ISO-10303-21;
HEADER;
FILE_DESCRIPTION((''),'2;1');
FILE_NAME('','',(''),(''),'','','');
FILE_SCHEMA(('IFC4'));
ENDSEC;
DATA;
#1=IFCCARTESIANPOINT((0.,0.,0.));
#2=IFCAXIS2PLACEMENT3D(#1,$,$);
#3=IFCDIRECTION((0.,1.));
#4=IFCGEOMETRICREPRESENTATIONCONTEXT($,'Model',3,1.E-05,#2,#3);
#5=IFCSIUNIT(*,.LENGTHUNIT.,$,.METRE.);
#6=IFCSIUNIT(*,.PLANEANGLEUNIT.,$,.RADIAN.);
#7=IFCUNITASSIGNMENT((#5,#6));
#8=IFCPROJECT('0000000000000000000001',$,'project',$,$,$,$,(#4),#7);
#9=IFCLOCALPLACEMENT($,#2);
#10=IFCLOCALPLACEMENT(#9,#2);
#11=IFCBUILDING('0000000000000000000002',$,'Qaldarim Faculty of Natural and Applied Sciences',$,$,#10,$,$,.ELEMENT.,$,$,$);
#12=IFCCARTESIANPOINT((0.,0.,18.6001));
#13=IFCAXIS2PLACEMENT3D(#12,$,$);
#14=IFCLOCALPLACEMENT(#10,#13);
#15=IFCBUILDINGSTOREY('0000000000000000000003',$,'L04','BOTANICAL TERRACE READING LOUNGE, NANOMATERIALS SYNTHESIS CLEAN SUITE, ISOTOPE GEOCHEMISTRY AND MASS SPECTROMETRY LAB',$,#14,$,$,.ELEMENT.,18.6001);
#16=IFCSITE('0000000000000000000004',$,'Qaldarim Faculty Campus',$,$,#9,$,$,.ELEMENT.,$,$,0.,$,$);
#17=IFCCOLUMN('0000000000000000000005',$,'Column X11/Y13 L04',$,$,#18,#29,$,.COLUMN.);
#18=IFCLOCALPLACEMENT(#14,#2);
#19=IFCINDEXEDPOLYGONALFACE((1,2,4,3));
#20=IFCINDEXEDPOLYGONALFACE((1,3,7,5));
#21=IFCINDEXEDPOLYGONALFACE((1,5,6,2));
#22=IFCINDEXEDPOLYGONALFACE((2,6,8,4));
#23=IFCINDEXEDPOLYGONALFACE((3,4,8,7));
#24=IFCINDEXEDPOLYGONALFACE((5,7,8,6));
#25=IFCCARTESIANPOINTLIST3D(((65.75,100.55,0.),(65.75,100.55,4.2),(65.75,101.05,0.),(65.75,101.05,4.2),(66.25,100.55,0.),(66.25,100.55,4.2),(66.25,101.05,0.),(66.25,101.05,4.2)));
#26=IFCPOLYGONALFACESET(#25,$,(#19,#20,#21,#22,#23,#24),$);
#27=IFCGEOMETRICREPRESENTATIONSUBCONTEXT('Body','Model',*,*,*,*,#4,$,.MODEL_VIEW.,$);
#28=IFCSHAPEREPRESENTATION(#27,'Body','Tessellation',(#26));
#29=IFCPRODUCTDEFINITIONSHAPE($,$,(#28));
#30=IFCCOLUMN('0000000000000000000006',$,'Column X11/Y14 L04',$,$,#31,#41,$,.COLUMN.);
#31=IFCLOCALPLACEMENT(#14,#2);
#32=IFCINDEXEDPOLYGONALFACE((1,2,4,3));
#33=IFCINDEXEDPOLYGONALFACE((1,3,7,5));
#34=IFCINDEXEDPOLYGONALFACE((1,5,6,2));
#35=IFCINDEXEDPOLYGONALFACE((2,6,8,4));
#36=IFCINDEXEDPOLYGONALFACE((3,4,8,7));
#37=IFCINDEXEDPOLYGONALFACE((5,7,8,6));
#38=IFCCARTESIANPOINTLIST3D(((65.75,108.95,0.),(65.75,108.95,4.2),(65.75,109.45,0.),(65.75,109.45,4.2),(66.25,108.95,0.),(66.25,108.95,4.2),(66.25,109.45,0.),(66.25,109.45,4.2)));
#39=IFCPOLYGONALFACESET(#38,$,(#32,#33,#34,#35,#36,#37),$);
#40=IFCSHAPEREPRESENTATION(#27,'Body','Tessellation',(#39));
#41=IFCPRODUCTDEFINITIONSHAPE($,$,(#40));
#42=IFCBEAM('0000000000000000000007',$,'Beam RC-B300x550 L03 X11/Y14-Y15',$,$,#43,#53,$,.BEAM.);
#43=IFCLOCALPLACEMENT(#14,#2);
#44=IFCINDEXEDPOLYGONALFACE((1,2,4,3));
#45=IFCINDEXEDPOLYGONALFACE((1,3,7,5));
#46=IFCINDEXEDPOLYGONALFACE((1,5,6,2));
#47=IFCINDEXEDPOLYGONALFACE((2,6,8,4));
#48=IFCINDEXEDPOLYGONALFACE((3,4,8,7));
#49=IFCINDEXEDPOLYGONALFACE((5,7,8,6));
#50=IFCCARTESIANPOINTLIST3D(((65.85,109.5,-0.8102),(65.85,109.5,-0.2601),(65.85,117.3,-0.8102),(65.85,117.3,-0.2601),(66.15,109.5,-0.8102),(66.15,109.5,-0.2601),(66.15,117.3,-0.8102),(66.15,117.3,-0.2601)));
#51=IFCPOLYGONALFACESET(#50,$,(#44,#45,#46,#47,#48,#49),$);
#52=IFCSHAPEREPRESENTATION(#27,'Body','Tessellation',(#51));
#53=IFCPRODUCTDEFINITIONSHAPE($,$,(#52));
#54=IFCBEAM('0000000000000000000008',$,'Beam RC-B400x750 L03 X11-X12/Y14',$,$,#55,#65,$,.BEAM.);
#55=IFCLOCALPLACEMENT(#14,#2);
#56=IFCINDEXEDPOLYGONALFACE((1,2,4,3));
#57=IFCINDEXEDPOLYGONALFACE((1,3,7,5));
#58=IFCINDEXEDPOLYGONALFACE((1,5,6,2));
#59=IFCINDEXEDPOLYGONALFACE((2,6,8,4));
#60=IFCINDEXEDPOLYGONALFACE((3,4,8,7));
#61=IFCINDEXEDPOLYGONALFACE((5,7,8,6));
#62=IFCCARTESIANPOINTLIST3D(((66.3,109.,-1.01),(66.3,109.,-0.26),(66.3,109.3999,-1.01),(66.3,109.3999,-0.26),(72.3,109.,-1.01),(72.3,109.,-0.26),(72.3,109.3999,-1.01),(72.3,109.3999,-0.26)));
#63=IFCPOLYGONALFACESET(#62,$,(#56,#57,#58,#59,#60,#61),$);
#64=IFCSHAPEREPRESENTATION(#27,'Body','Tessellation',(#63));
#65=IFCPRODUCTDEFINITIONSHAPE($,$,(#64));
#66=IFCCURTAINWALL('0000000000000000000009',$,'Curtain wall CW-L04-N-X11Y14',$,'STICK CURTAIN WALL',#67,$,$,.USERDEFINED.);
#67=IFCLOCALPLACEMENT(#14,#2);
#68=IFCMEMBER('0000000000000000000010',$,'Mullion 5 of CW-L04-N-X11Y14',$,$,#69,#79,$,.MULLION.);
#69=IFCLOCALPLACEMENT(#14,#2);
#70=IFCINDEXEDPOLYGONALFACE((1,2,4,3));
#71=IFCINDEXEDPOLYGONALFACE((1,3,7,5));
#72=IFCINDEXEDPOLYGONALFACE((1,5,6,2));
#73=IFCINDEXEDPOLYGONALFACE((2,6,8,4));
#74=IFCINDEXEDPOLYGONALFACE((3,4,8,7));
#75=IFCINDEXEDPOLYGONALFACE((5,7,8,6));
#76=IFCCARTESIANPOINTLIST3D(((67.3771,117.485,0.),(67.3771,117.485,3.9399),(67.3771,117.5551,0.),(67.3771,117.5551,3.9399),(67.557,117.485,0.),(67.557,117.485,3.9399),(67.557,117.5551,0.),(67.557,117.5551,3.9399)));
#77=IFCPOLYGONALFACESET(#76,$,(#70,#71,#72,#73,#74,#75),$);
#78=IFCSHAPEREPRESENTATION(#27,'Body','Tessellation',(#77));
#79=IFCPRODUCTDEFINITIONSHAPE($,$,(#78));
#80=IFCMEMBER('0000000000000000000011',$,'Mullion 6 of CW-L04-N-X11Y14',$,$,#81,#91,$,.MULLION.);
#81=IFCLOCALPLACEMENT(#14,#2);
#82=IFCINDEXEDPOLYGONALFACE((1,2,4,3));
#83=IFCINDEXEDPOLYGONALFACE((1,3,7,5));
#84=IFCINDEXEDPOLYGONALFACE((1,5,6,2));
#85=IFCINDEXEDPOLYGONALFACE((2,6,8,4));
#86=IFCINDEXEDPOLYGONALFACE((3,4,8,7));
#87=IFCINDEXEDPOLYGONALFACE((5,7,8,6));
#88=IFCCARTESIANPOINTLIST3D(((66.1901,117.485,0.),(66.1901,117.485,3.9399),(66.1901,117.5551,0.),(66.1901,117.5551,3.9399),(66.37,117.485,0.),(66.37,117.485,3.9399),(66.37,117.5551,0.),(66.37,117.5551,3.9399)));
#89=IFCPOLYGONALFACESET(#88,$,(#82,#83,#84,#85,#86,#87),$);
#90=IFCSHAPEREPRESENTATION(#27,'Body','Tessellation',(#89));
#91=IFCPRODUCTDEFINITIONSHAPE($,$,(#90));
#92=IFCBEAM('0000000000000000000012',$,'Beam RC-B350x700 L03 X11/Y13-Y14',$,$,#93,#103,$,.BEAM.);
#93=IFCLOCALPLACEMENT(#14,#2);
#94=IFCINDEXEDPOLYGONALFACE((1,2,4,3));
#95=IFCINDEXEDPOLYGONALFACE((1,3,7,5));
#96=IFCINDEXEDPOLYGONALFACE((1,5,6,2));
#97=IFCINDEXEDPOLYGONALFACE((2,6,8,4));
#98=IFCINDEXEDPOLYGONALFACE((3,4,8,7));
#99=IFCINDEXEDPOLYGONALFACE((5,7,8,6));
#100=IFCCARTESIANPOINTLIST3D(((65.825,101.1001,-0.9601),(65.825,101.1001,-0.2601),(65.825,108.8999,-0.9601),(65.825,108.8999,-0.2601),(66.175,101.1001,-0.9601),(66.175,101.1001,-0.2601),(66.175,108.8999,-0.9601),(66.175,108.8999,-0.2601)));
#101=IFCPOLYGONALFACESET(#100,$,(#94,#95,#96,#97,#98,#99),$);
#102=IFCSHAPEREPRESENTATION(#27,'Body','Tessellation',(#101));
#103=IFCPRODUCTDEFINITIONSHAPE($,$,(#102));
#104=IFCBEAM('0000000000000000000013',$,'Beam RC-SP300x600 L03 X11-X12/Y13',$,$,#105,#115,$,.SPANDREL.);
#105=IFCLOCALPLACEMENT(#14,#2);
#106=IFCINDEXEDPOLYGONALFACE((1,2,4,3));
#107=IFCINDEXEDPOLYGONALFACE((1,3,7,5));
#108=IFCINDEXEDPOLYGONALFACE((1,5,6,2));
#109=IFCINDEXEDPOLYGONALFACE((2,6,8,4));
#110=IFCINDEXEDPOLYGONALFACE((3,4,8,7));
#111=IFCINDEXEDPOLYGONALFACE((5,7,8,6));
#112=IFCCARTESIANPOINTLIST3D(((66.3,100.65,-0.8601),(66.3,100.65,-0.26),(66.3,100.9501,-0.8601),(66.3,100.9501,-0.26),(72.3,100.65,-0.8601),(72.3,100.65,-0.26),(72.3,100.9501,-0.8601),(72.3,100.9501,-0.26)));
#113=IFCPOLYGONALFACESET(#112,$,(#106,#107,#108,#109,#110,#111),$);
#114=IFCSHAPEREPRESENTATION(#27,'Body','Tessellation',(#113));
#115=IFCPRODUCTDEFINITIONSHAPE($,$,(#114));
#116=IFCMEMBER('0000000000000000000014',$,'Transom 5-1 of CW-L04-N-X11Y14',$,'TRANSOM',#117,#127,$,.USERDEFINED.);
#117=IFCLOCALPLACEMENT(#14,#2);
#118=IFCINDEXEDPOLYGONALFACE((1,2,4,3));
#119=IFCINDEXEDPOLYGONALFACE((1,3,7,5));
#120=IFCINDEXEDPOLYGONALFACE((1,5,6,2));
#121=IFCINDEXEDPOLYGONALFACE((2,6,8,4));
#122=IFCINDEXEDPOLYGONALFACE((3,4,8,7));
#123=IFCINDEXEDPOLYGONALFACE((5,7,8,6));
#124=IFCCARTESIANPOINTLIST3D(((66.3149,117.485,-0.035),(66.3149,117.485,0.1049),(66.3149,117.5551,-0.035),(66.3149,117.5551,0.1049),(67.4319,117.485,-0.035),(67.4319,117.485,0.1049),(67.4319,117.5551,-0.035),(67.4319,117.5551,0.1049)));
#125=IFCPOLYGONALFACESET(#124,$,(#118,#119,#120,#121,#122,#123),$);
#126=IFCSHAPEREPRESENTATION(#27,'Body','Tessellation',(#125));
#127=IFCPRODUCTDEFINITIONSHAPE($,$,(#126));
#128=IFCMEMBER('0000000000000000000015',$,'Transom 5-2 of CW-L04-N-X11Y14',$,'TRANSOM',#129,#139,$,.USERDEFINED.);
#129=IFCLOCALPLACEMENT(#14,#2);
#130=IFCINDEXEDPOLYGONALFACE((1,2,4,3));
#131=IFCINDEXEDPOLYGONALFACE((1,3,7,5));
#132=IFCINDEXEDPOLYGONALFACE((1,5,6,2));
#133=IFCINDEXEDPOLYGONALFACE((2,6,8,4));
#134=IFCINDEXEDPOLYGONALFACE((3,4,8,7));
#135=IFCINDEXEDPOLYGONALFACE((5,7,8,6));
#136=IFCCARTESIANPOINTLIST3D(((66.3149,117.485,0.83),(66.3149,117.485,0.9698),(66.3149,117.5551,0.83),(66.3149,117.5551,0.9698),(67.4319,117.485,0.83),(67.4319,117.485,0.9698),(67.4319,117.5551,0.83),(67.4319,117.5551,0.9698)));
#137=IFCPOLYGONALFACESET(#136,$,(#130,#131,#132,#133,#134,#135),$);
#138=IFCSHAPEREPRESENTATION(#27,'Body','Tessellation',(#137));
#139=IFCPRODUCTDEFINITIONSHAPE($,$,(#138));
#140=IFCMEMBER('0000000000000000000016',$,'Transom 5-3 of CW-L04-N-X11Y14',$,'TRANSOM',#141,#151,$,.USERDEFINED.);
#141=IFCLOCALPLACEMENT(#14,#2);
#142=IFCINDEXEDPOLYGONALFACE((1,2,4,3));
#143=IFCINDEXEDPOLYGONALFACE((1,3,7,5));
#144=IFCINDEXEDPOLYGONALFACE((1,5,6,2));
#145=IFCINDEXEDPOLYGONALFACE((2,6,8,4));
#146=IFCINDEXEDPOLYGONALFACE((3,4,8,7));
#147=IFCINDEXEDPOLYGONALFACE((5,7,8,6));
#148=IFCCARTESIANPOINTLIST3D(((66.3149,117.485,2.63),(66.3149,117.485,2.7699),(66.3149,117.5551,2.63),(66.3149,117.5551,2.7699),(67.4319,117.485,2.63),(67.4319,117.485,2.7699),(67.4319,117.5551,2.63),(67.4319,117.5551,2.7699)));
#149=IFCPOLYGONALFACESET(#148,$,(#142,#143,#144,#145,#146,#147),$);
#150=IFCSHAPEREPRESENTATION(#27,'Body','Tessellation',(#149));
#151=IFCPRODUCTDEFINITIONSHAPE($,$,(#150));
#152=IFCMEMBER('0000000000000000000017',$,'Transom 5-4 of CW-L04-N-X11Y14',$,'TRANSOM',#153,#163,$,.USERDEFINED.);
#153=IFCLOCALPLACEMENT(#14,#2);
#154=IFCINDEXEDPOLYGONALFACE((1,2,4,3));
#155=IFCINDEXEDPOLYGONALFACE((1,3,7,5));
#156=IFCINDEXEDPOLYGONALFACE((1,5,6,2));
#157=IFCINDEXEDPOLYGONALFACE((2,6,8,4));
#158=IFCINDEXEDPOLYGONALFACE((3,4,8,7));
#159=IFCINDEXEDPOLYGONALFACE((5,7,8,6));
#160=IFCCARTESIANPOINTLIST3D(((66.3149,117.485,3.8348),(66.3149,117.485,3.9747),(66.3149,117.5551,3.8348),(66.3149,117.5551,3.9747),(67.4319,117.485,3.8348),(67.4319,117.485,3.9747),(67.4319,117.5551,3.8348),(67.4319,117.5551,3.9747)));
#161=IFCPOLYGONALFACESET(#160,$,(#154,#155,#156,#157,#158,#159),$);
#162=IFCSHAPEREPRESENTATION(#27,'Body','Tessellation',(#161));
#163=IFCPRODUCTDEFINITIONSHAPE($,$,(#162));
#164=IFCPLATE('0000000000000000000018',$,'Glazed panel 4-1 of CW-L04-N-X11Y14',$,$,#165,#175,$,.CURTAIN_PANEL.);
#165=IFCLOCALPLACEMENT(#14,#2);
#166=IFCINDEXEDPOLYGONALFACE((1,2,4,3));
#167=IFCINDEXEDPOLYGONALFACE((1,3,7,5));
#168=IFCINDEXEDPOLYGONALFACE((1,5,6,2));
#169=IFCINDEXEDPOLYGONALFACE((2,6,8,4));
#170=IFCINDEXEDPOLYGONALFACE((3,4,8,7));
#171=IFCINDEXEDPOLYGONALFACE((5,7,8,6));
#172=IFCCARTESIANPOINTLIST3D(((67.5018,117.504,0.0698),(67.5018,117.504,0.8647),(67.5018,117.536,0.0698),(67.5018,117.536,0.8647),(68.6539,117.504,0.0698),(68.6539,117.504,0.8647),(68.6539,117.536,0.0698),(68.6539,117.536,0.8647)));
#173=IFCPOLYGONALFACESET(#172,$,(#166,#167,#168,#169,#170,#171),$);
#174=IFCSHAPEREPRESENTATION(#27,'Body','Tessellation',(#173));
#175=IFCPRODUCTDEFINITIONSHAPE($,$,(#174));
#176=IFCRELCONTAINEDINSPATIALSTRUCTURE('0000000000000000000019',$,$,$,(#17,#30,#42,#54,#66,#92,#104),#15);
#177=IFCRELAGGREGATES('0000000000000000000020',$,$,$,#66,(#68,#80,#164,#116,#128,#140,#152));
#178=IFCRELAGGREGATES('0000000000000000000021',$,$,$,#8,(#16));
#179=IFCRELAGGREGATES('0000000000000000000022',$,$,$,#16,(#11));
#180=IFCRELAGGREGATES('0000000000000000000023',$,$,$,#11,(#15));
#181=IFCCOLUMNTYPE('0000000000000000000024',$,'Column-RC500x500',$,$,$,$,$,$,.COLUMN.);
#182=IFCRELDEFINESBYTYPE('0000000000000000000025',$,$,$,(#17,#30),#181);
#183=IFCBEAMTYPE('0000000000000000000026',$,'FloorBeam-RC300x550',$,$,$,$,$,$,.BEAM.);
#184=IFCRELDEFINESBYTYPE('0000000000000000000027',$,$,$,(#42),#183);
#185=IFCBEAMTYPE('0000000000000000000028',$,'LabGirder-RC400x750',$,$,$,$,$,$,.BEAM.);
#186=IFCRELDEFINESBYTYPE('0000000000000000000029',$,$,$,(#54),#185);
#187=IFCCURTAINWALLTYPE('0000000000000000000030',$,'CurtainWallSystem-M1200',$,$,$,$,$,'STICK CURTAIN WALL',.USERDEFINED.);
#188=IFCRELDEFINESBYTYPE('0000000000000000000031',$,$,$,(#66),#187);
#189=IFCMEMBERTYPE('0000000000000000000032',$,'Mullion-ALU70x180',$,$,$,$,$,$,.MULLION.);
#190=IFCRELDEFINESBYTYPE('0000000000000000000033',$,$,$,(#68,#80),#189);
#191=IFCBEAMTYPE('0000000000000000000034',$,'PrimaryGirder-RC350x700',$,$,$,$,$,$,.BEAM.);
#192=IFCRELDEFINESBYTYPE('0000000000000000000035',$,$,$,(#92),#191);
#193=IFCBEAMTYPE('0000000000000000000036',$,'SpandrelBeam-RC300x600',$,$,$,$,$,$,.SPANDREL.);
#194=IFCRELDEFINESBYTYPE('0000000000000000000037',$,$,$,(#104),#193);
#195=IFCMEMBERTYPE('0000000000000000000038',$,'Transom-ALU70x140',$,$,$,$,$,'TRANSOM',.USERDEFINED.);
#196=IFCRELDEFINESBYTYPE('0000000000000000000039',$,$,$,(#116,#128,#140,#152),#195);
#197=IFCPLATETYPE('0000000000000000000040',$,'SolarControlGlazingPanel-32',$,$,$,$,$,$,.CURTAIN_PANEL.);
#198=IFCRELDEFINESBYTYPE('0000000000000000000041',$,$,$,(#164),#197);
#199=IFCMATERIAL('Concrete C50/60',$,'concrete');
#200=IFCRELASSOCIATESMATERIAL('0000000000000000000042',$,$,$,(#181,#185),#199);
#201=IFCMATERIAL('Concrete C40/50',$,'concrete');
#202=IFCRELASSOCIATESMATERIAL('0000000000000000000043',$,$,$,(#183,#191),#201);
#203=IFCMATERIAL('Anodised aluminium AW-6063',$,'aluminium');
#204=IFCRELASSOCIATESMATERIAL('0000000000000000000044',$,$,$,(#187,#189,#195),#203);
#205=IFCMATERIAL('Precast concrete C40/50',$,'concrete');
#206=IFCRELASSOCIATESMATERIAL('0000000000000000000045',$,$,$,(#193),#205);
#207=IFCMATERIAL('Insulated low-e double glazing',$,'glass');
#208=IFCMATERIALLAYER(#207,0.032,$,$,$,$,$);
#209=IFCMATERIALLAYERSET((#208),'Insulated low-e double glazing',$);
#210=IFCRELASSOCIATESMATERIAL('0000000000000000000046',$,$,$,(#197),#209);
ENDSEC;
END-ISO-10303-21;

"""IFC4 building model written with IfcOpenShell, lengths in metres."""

from ifc_helpers import new_model, si_unit, direction, frame, origin, origin_2d, place, context, subcontext, project, spatial, rectangle, extrude, material, layer, layer_set, material_profile, profile_set, type_object, element, aggregate, save


model = new_model("IFC4")

# Units and contexts
model_context = context("Model", 3, precision=1e-05, world=origin(), true_north=direction((0.0, 1.0)))
body_context = subcontext(model_context, "Body", "Model", "MODEL_VIEW")
ifc_project = project(units=[si_unit("LENGTHUNIT", "METRE"), si_unit("PLANEANGLEUNIT", "RADIAN")], contexts=[model_context])

# Site, building, storey
site_placement = place(None, origin())
site = spatial("IfcSite", under=ifc_project, at=site_placement, Name="Qaldarim Faculty Campus", CompositionType="ELEMENT", RefElevation=0.0)
building_placement = place(site_placement, origin())
building = spatial("IfcBuilding", under=site, at=building_placement, Name="Qaldarim Faculty of Natural and Applied Sciences", CompositionType="ELEMENT")
storey_placement = place(building_placement, frame((0.0, 0.0, 18.6001)))
storey = spatial("IfcBuildingStorey", under=building, at=storey_placement, Name="L04", Description="BOTANICAL TERRACE READING LOUNGE, NANOMATERIALS SYNTHESIS CLEAN SUITE, ISOTOPE GEOCHEMISTRY AND MASS SPECTROMETRY LAB", CompositionType="ELEMENT", Elevation=18.6001)

# Columns
ifc_material_1 = material(Name="Concrete C50/60", Category="concrete")
ifc_material_profile_1 = material_profile(ifc_material_1, rectangle(XDim=0.5, YDim=0.5, at=origin_2d()), Name="RC-C500x500")
ifc_profile_set_1 = profile_set([ifc_material_profile_1], Name="Concrete C50/60")
column_type = type_object("IfcColumnType", Name="Column-RC500x500", PredefinedType="COLUMN", material=ifc_profile_set_1)
for number, where, z_axis, x_axis, name in (
    (1, (66.0, 100.8, 0.0), (0.0, 0.0, 1.0), (1.0, 0.0, 0.0), "Column X11/Y13 L04"),
    (2, (66.0, 109.2, 0.0), (0.0, 0.0, 1.0), (1.0, 0.0, 0.0), "Column X11/Y14 L04"),
):
    element("IfcColumn", number, at=place(storey_placement, frame(where, z_axis=z_axis, x_axis=x_axis)), inside=storey, type_object=column_type, Name=name, PredefinedType="COLUMN", context=body_context, shape_type="SweptSolid", body=[
        extrude(rectangle(XDim=0.5, YDim=0.5, at=origin_2d()), origin(), (0.0, 0.0, 1.0), 4.2),
    ])

# Beams
ifc_material_2 = material(Name="Concrete C40/50", Category="concrete")
ifc_material_profile_2 = material_profile(ifc_material_2, rectangle(XDim=0.3, YDim=0.55, at=origin_2d()), Name="RC-B300x550")
ifc_profile_set_2 = profile_set([ifc_material_profile_2], Name="Concrete C40/50")
beam_type_1 = type_object("IfcBeamType", Name="FloorBeam-RC300x550", PredefinedType="BEAM", material=ifc_profile_set_2)
beam_1_placement = place(storey_placement, frame((66.0, 109.5, -0.5352), z_axis=(0.0, 1.0, 0.0), x_axis=(-1.0, 0.0, 0.0)))
element("IfcBeam", 3, at=beam_1_placement, inside=storey, type_object=beam_type_1, Name="Beam RC-B300x550 L03 X11/Y14-Y15", PredefinedType="BEAM", context=body_context, shape_type="SweptSolid", body=[
    extrude(rectangle(XDim=0.3, YDim=0.55, at=origin_2d()), origin(), (0.0, 0.0, 1.0), 7.8),
])
ifc_material_profile_3 = material_profile(ifc_material_1, rectangle(XDim=0.3999, YDim=0.75, at=origin_2d()), Name="RC-B400x750")
ifc_profile_set_3 = profile_set([ifc_material_profile_3], Name="Concrete C50/60")
beam_type_2 = type_object("IfcBeamType", Name="LabGirder-RC400x750", PredefinedType="BEAM", material=ifc_profile_set_3)
beam_2_placement = place(storey_placement, frame((66.3, 109.2, -0.635), z_axis=(1.0, 0.0, 0.0), x_axis=(0.0, 1.0, 0.0)))
element("IfcBeam", 4, at=beam_2_placement, inside=storey, type_object=beam_type_2, Name="Beam RC-B400x750 L03 X11-X12/Y14", PredefinedType="BEAM", context=body_context, shape_type="SweptSolid", body=[
    extrude(rectangle(XDim=0.3999, YDim=0.75, at=origin_2d()), origin(), (0.0, 0.0, 1.0), 6.0),
])

# Curtain wall, members
ifc_material_3 = material(Name="Anodised aluminium AW-6063", Category="aluminium")
curtain_wall_type = type_object("IfcCurtainWallType", Name="CurtainWallSystem-M1200", ElementType="STICK CURTAIN WALL", PredefinedType="USERDEFINED", material=ifc_material_3)
curtain_wall_placement = place(storey_placement, origin())
curtain_wall = element("IfcCurtainWall", 5, at=curtain_wall_placement, inside=storey, type_object=curtain_wall_type, Name="Curtain wall CW-L04-N-X11Y14", ObjectType="STICK CURTAIN WALL", PredefinedType="USERDEFINED")
ifc_material_profile_4 = material_profile(ifc_material_3, rectangle(XDim=0.0701, YDim=0.1799, at=origin_2d()), Name="ALU-M70x180")
ifc_profile_set_4 = profile_set([ifc_material_profile_4], Name="Anodised aluminium AW-6063")
member_type_1 = type_object("IfcMemberType", Name="Mullion-ALU70x180", PredefinedType="MULLION", material=ifc_profile_set_4)
member_1_placement = place(storey_placement, frame((67.467, 117.52, 0.0), z_axis=(0.0, 0.0, 1.0), x_axis=(0.0, -1.0, 0.0)))
member_1 = element("IfcMember", 6, at=member_1_placement, type_object=member_type_1, Name="Mullion 5 of CW-L04-N-X11Y14", PredefinedType="MULLION", context=body_context, shape_type="SweptSolid", body=[
    extrude(rectangle(XDim=0.0701, YDim=0.1799, at=origin_2d()), origin(), (0.0, 0.0, 1.0), 3.9399),
])
member_2_placement = place(storey_placement, frame((66.28, 117.52, 0.0), z_axis=(0.0, 0.0, 1.0), x_axis=(0.0, -1.0, 0.0)))
member_2 = element("IfcMember", 7, at=member_2_placement, type_object=member_type_1, Name="Mullion 6 of CW-L04-N-X11Y14", PredefinedType="MULLION", context=body_context, shape_type="SweptSolid", body=[
    extrude(rectangle(XDim=0.0701, YDim=0.1799, at=origin_2d()), origin(), (0.0, 0.0, 1.0), 3.9399),
])

# Beams
ifc_material_profile_5 = material_profile(ifc_material_2, rectangle(XDim=0.3501, YDim=0.7, at=origin_2d()), Name="RC-B350x700")
ifc_profile_set_5 = profile_set([ifc_material_profile_5], Name="Concrete C40/50")
beam_type_3 = type_object("IfcBeamType", Name="PrimaryGirder-RC350x700", PredefinedType="BEAM", material=ifc_profile_set_5)
beam_3_placement = place(storey_placement, frame((66.0, 101.1001, -0.6101), z_axis=(0.0, 1.0, 0.0), x_axis=(-1.0, 0.0, 0.0)))
element("IfcBeam", 8, at=beam_3_placement, inside=storey, type_object=beam_type_3, Name="Beam RC-B350x700 L03 X11/Y13-Y14", PredefinedType="BEAM", context=body_context, shape_type="SweptSolid", body=[
    extrude(rectangle(XDim=0.3501, YDim=0.7, at=origin_2d()), origin(), (0.0, 0.0, 1.0), 7.7998),
])
ifc_material_4 = material(Name="Precast concrete C40/50", Category="concrete")
ifc_material_profile_6 = material_profile(ifc_material_4, rectangle(XDim=0.3, YDim=0.6001, at=origin_2d()), Name="RC-SP300x600")
ifc_profile_set_6 = profile_set([ifc_material_profile_6], Name="Precast concrete C40/50")
beam_type_4 = type_object("IfcBeamType", Name="SpandrelBeam-RC300x600", PredefinedType="SPANDREL", material=ifc_profile_set_6)
beam_4_placement = place(storey_placement, frame((66.3, 100.8, -0.5601), z_axis=(1.0, 0.0, 0.0), x_axis=(0.0, 1.0, 0.0)))
element("IfcBeam", 9, at=beam_4_placement, inside=storey, type_object=beam_type_4, Name="Beam RC-SP300x600 L03 X11-X12/Y13", PredefinedType="SPANDREL", context=body_context, shape_type="SweptSolid", body=[
    extrude(rectangle(XDim=0.3, YDim=0.6001, at=origin_2d()), origin(), (0.0, 0.0, 1.0), 6.0),
])

# Members
ifc_material_profile_7 = material_profile(ifc_material_3, rectangle(XDim=0.0701, YDim=0.1399, at=origin_2d()), Name="ALU-T70x140")
ifc_profile_set_7 = profile_set([ifc_material_profile_7], Name="Anodised aluminium AW-6063")
member_type_2 = type_object("IfcMemberType", Name="Transom-ALU70x140", ElementType="TRANSOM", PredefinedType="USERDEFINED", material=ifc_profile_set_7)
member_3_placement = place(storey_placement, frame((67.4319, 117.52, 0.0349), z_axis=(-1.0, 0.0, 0.0), x_axis=(0.0, -1.0, 0.0)))
member_3 = element("IfcMember", 10, at=member_3_placement, type_object=member_type_2, Name="Transom 5-1 of CW-L04-N-X11Y14", ObjectType="TRANSOM", PredefinedType="USERDEFINED", context=body_context, shape_type="SweptSolid", body=[
    extrude(rectangle(XDim=0.0701, YDim=0.1399, at=origin_2d()), origin(), (0.0, 0.0, 1.0), 1.1169),
])
member_4_placement = place(storey_placement, frame((67.4319, 117.52, 0.8999), z_axis=(-1.0, 0.0, 0.0), x_axis=(0.0, -1.0, 0.0)))
member_4 = element("IfcMember", 11, at=member_4_placement, type_object=member_type_2, Name="Transom 5-2 of CW-L04-N-X11Y14", ObjectType="TRANSOM", PredefinedType="USERDEFINED", context=body_context, shape_type="SweptSolid", body=[
    extrude(rectangle(XDim=0.0701, YDim=0.1399, at=origin_2d()), origin(), (0.0, 0.0, 1.0), 1.1169),
])
member_5_placement = place(storey_placement, frame((67.4319, 117.52, 2.7), z_axis=(-1.0, 0.0, 0.0), x_axis=(0.0, -1.0, 0.0)))
member_5 = element("IfcMember", 12, at=member_5_placement, type_object=member_type_2, Name="Transom 5-3 of CW-L04-N-X11Y14", ObjectType="TRANSOM", PredefinedType="USERDEFINED", context=body_context, shape_type="SweptSolid", body=[
    extrude(rectangle(XDim=0.0701, YDim=0.1399, at=origin_2d()), origin(), (0.0, 0.0, 1.0), 1.1169),
])
member_6_placement = place(storey_placement, frame((67.4319, 117.52, 3.9048), z_axis=(-1.0, 0.0, 0.0), x_axis=(0.0, -1.0, 0.0)))
member_6 = element("IfcMember", 13, at=member_6_placement, type_object=member_type_2, Name="Transom 5-4 of CW-L04-N-X11Y14", ObjectType="TRANSOM", PredefinedType="USERDEFINED", context=body_context, shape_type="SweptSolid", body=[
    extrude(rectangle(XDim=0.0701, YDim=0.1399, at=origin_2d()), origin(), (0.0, 0.0, 1.0), 1.1169),
])

# Plate
ifc_material_5 = material(Name="Insulated low-e double glazing", Category="glass")
ifc_layer_1 = layer(ifc_material_5, 0.032)
ifc_layer_set_1 = layer_set([ifc_layer_1], Name="Insulated low-e double glazing")
plate_type = type_object("IfcPlateType", Name="SolarControlGlazingPanel-32", PredefinedType="CURTAIN_PANEL", material=ifc_layer_set_1)
plate_1_placement = place(storey_placement, frame((68.0779, 117.52, 0.0698), z_axis=(0.0, 0.0, 1.0), x_axis=(-1.0, 0.0, 0.0)))
plate_1 = element("IfcPlate", 14, at=plate_1_placement, type_object=plate_type, Name="Glazed panel 4-1 of CW-L04-N-X11Y14", PredefinedType="CURTAIN_PANEL", context=body_context, shape_type="SweptSolid", body=[
    extrude(rectangle(XDim=1.1521, YDim=0.032, at=origin_2d()), origin(), (0.0, 0.0, 1.0), 0.7949),
])
aggregate(curtain_wall, [member_1, member_2, plate_1, member_3, member_4, member_5, member_6])

save(model, "model.ifc")
